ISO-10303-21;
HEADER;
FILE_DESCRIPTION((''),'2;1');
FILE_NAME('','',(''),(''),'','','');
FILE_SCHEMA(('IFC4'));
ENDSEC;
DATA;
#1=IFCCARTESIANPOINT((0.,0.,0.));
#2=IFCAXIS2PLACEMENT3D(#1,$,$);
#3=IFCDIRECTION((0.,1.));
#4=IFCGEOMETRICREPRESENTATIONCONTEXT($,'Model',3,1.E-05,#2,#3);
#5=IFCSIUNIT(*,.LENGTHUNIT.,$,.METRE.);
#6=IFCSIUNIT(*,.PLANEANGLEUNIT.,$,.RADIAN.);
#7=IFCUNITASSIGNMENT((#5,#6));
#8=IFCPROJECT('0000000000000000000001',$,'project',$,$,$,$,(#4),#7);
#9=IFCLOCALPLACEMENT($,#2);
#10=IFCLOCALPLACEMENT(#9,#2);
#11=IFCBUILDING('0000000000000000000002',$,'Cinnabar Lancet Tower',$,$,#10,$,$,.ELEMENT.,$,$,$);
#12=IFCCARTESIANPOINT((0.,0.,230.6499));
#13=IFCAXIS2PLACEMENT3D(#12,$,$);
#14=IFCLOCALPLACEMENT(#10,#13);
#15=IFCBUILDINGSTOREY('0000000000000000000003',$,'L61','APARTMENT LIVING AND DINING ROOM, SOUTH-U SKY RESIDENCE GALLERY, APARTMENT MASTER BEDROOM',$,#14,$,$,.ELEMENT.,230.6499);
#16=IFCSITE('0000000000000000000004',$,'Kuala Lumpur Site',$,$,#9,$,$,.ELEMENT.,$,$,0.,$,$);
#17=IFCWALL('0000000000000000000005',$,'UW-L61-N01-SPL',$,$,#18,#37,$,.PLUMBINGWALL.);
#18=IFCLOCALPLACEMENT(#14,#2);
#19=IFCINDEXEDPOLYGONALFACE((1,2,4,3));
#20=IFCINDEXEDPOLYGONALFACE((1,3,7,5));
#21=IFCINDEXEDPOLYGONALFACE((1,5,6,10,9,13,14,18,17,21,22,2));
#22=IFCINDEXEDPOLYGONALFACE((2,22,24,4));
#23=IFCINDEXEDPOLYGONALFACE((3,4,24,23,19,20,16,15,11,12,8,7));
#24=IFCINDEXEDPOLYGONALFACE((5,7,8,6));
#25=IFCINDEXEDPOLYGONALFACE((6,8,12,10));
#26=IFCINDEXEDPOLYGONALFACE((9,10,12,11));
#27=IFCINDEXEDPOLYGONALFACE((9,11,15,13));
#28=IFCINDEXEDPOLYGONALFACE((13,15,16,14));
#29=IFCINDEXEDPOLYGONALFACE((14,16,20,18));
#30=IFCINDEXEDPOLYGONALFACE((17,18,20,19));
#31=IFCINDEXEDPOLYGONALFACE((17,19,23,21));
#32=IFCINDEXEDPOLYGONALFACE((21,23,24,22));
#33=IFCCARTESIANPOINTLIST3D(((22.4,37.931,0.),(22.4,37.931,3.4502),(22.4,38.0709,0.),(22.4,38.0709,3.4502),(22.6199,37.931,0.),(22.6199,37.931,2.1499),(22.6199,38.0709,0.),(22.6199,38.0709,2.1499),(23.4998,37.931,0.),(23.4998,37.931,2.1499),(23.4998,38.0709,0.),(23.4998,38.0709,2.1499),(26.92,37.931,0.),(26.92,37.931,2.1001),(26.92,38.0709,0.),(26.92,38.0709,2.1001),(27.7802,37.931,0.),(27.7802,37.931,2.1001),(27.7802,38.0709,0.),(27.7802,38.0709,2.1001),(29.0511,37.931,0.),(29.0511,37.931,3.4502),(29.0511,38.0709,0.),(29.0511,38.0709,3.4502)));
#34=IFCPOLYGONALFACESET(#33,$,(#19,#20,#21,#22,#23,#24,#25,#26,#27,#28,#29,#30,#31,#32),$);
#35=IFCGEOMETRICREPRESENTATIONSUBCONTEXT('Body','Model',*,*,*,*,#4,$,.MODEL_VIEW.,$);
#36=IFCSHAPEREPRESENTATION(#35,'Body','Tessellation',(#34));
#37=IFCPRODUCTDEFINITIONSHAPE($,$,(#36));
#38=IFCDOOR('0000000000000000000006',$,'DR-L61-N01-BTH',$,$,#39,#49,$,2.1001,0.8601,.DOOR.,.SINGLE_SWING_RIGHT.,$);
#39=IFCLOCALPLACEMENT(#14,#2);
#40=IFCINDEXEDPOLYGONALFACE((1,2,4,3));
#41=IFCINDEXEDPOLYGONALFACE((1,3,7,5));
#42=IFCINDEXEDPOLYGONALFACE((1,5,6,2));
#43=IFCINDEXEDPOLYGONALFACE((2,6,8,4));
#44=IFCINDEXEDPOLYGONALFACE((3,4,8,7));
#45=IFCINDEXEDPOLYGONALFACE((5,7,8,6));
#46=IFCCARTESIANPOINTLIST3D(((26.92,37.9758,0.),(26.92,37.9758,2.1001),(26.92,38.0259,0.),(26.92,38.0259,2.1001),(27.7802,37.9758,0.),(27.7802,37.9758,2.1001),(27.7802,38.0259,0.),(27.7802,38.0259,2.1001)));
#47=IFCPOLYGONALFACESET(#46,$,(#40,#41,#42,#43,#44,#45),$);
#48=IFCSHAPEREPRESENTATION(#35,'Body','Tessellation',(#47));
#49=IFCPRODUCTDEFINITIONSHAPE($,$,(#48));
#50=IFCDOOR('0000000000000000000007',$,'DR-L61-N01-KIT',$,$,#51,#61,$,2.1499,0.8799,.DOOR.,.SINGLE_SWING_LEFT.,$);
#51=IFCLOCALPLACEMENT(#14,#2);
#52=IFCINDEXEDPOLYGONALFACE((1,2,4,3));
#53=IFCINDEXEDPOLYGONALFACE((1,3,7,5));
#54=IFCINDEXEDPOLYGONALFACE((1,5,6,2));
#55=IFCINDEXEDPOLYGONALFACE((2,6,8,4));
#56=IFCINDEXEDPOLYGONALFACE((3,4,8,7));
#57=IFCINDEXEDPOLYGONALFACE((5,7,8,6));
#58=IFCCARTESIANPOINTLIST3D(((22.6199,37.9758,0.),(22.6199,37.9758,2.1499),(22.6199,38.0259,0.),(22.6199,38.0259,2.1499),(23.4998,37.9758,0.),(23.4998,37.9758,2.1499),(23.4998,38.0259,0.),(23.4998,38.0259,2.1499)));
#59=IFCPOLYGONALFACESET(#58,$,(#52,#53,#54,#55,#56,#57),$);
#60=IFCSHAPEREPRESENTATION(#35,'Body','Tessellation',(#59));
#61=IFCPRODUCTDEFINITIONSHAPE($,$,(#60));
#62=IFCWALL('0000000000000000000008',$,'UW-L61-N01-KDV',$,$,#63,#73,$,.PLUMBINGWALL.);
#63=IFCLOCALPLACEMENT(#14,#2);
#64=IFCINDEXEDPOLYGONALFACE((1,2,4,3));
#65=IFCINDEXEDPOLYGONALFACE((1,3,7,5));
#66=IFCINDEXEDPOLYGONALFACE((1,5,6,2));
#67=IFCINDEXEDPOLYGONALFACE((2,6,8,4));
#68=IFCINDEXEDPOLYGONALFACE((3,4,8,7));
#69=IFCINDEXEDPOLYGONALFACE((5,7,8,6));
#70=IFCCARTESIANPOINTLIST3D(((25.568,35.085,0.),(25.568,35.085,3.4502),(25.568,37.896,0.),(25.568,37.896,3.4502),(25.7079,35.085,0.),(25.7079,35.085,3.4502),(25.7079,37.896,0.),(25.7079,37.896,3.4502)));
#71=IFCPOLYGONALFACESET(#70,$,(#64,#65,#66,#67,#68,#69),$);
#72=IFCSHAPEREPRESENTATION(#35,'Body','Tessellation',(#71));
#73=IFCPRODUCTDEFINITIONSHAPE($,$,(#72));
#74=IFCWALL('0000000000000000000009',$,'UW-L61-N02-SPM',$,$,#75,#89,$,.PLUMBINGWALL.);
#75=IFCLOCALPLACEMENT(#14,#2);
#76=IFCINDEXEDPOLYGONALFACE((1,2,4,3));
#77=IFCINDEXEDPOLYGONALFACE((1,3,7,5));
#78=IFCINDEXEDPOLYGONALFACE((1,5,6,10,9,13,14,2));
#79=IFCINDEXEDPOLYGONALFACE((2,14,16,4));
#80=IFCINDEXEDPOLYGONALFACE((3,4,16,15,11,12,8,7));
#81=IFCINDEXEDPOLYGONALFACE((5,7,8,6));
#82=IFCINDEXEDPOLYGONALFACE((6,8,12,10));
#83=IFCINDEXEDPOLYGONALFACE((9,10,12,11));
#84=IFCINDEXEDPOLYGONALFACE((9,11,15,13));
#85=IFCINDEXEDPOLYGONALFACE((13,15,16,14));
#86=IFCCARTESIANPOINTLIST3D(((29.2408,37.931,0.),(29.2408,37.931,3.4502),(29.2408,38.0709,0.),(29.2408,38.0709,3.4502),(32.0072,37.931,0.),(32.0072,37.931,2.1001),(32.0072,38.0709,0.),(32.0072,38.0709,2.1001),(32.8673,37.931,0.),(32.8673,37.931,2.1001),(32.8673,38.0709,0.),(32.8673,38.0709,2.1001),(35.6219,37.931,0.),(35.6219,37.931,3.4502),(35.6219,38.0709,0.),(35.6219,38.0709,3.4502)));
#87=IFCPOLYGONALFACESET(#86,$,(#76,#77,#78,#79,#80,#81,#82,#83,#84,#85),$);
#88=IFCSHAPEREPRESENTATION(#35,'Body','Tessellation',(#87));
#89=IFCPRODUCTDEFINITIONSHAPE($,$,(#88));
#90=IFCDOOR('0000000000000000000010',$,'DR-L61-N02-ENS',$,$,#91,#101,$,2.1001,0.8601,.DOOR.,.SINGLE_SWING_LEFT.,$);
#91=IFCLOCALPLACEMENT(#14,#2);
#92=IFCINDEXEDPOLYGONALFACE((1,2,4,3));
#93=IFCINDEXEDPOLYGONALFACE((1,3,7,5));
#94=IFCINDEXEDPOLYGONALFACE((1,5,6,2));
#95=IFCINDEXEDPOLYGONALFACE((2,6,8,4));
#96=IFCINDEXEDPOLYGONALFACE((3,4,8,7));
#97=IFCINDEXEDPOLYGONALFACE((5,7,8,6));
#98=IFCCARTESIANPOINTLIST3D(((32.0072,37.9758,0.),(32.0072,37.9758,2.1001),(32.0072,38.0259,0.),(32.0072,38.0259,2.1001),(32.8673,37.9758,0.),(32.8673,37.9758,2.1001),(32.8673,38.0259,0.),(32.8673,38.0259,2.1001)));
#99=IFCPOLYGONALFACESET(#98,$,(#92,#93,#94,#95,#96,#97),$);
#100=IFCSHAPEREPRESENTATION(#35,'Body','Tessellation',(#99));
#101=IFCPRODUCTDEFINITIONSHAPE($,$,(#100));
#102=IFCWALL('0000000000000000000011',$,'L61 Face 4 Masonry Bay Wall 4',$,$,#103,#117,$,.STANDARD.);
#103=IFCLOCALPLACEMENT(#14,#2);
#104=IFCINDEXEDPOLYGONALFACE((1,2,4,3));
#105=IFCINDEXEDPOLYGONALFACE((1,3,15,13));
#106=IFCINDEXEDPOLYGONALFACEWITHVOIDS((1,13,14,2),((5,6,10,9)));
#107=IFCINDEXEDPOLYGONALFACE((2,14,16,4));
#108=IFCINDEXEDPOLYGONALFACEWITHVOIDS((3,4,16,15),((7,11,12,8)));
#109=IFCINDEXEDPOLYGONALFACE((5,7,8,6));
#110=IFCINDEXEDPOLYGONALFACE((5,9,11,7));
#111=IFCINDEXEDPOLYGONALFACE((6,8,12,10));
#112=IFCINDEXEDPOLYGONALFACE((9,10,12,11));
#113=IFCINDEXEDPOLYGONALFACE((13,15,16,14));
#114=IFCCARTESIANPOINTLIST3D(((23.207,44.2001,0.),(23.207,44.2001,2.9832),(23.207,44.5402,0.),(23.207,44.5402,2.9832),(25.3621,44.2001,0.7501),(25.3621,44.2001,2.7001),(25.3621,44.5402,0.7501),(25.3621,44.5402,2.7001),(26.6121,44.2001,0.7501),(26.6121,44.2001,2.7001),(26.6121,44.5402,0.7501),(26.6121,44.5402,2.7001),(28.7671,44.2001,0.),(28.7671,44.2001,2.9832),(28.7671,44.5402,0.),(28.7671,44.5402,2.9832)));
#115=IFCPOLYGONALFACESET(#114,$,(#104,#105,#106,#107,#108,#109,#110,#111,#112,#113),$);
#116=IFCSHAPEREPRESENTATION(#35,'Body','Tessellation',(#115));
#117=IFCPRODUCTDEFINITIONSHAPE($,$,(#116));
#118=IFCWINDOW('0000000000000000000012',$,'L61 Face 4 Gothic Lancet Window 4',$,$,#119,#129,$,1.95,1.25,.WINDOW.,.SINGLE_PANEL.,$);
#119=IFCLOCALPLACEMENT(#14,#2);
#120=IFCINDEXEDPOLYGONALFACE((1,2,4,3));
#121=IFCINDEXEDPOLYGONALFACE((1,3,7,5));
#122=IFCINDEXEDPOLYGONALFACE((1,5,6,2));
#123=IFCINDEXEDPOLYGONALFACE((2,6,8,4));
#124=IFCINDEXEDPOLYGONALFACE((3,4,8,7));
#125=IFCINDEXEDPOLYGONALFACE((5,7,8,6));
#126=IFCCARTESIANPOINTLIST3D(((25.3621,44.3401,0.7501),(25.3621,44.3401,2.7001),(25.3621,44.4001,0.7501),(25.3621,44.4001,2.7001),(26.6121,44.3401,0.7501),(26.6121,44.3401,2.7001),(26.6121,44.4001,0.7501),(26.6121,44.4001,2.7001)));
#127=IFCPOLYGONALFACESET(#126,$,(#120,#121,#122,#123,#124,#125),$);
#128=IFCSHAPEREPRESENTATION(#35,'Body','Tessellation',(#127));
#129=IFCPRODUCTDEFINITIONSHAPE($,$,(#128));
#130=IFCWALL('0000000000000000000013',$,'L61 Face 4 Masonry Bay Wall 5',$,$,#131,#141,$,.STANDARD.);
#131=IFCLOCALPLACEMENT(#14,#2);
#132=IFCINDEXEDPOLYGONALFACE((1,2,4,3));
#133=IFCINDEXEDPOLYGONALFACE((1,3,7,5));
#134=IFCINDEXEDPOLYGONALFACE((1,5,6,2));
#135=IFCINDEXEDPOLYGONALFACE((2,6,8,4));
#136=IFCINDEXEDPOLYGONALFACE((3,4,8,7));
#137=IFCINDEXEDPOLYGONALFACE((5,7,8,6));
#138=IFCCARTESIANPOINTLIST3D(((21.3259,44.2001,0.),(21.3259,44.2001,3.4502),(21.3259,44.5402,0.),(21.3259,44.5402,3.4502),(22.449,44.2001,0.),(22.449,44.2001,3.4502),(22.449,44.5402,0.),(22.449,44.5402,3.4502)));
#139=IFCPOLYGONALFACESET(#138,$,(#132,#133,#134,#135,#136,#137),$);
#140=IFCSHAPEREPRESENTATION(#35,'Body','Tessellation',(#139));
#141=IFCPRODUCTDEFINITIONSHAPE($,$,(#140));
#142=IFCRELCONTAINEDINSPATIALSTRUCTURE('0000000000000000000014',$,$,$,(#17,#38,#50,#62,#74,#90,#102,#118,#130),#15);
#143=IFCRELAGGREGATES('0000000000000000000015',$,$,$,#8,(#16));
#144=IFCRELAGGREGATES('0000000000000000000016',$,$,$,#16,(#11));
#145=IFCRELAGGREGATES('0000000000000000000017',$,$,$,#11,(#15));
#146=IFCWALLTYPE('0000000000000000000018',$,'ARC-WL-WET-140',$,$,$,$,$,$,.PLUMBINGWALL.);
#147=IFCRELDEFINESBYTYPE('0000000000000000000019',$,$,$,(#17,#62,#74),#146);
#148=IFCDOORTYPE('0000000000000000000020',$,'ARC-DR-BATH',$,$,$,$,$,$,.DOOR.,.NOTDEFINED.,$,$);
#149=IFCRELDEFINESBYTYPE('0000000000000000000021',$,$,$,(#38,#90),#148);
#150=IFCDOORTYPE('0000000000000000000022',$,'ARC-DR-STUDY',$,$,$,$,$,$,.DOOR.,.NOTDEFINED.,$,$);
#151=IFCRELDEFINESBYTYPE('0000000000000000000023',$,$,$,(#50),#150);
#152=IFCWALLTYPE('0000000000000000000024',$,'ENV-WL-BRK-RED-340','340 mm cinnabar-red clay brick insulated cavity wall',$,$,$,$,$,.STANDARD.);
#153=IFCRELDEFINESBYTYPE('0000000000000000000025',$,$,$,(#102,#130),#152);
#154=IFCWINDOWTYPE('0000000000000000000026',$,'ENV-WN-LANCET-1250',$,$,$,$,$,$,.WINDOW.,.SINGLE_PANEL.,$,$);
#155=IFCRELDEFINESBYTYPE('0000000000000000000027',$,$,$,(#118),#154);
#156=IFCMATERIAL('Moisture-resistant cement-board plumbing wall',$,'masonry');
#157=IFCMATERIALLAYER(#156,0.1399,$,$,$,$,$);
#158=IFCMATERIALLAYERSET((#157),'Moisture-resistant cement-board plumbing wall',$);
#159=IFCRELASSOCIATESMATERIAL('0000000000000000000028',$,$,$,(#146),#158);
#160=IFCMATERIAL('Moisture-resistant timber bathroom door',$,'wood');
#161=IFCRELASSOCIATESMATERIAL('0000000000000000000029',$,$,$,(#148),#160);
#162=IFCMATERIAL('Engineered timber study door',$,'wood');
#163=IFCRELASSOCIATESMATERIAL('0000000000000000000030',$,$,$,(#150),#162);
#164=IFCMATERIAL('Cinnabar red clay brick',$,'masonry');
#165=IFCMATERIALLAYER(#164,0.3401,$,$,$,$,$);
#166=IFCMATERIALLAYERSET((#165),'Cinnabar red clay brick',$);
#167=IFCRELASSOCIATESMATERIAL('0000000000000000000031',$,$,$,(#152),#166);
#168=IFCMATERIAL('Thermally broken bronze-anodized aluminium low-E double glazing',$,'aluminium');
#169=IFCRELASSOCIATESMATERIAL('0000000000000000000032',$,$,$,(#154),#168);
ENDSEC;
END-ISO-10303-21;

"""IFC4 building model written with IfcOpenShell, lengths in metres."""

from ifc_helpers import new_model, si_unit, direction, frame, frame_2d, origin, place, context, subcontext, project, spatial, rectangle, extrude, material, layer, layer_set, type_object, element, fill, save


model = new_model("IFC4")

# Units and contexts
model_context = context("Model", 3, precision=1e-05, world=origin(), true_north=direction((0.0, 1.0)))
body_context = subcontext(model_context, "Body", "Model", "MODEL_VIEW")
ifc_project = project(units=[si_unit("LENGTHUNIT", "METRE"), si_unit("PLANEANGLEUNIT", "RADIAN")], contexts=[model_context])

# Site, building, storey
site_placement = place(None, origin())
site = spatial("IfcSite", under=ifc_project, at=site_placement, Name="Kuala Lumpur Site", CompositionType="ELEMENT", RefElevation=0.0)
building_placement = place(site_placement, origin())
building = spatial("IfcBuilding", under=site, at=building_placement, Name="Cinnabar Lancet Tower", CompositionType="ELEMENT")
storey_placement = place(building_placement, frame((0.0, 0.0, 230.6499)))
storey = spatial("IfcBuildingStorey", under=building, at=storey_placement, Name="L61", Description="APARTMENT LIVING AND DINING ROOM, SOUTH-U SKY RESIDENCE GALLERY, APARTMENT MASTER BEDROOM", CompositionType="ELEMENT", Elevation=230.6499)

# Wall, openings, doors
ifc_material_1 = material(Name="Moisture-resistant cement-board plumbing wall", Category="masonry")
ifc_layer_1 = layer(ifc_material_1, 0.1399)
ifc_layer_set_1 = layer_set([ifc_layer_1], Name="Moisture-resistant cement-board plumbing wall")
wall_type_1 = type_object("IfcWallType", Name="ARC-WL-WET-140", PredefinedType="PLUMBINGWALL", material=ifc_layer_set_1)
wall_1_placement = place(storey_placement, frame((22.3999, 38.001, 0.0), z_axis=(0.0, 0.0, 1.0), x_axis=(1.0, 0.0, 0.0)))
wall_1 = element("IfcWall", 1, at=wall_1_placement, inside=storey, type_object=wall_type_1, Name="UW-L61-N01-SPL", PredefinedType="PLUMBINGWALL", context=body_context, shape_type="SweptSolid", body=[
    extrude(rectangle(XDim=6.6511, YDim=0.1399, at=frame_2d((3.3257, 0.0))), origin(), (0.0, 0.0, 1.0), 3.4502),
])
opening_1_placement = place(wall_1_placement, frame((4.52, 0.0, 0.0)))
opening_1 = element("IfcOpeningElement", 2, at=opening_1_placement, cuts=wall_1, PredefinedType="OPENING", context=body_context, shape_type="SweptSolid", body=[
    extrude(rectangle(XDim=0.8601, YDim=2.1001, at=frame_2d((0.4302, 1.05))), frame((0.0, 0.0798, 0.0), z_axis=(0.0, -1.0, 0.0), x_axis=(1.0, 0.0, 0.0)), (0.0, 0.0, 1.0), 0.1599),
])
opening_2_placement = place(wall_1_placement, frame((0.22, 0.0, 0.0)))
opening_2 = element("IfcOpeningElement", 3, at=opening_2_placement, cuts=wall_1, PredefinedType="OPENING", context=body_context, shape_type="SweptSolid", body=[
    extrude(rectangle(XDim=0.8799, YDim=2.1499, at=frame_2d((0.4399, 1.075))), frame((0.0, 0.0798, 0.0), z_axis=(0.0, -1.0, 0.0), x_axis=(1.0, 0.0, 0.0)), (0.0, 0.0, 1.0), 0.1599),
])
ifc_material_2 = material(Name="Moisture-resistant timber bathroom door", Category="wood")
door_type_1 = type_object("IfcDoorType", Name="ARC-DR-BATH", OperationType="NOTDEFINED", PredefinedType="DOOR", material=ifc_material_2)
door_1_placement = place(opening_1_placement, origin())
door_1 = element("IfcDoor", 4, at=door_1_placement, inside=storey, type_object=door_type_1, Name="DR-L61-N01-BTH", OperationType="SINGLE_SWING_RIGHT", OverallHeight=2.1001, OverallWidth=0.8601, PredefinedType="DOOR", context=body_context, shape_type="SweptSolid", body=[
    extrude(rectangle(XDim=0.8601, YDim=2.1001, at=frame_2d((0.4302, 1.05))), frame((0.0, 0.0249, 0.0), z_axis=(0.0, -1.0, 0.0), x_axis=(1.0, 0.0, 0.0)), (0.0, 0.0, 1.0), 0.05),
])
fill(opening_1, door_1)
ifc_material_3 = material(Name="Engineered timber study door", Category="wood")
door_type_2 = type_object("IfcDoorType", Name="ARC-DR-STUDY", OperationType="NOTDEFINED", PredefinedType="DOOR", material=ifc_material_3)
door_2_placement = place(opening_2_placement, origin())
door_2 = element("IfcDoor", 5, at=door_2_placement, inside=storey, type_object=door_type_2, Name="DR-L61-N01-KIT", OperationType="SINGLE_SWING_LEFT", OverallHeight=2.1499, OverallWidth=0.8799, PredefinedType="DOOR", context=body_context, shape_type="SweptSolid", body=[
    extrude(rectangle(XDim=0.8799, YDim=2.1499, at=frame_2d((0.4399, 1.075))), frame((0.0, 0.0249, 0.0), z_axis=(0.0, -1.0, 0.0), x_axis=(1.0, 0.0, 0.0)), (0.0, 0.0, 1.0), 0.05),
])
fill(opening_2, door_2)

# Wall
wall_2_placement = place(storey_placement, frame((25.6379, 35.085, 0.0), z_axis=(0.0, 0.0, 1.0), x_axis=(0.0, 1.0, 0.0)))
element("IfcWall", 6, at=wall_2_placement, inside=storey, type_object=wall_type_1, Name="UW-L61-N01-KDV", PredefinedType="PLUMBINGWALL", context=body_context, shape_type="SweptSolid", body=[
    extrude(rectangle(XDim=2.811, YDim=0.1399, at=frame_2d((1.4055, 0.0))), origin(), (0.0, 0.0, 1.0), 3.4502),
])

# Wall, opening, door
wall_3_placement = place(storey_placement, frame((29.241, 38.001, 0.0), z_axis=(0.0, 0.0, 1.0), x_axis=(1.0, 0.0, 0.0)))
wall_3 = element("IfcWall", 7, at=wall_3_placement, inside=storey, type_object=wall_type_1, Name="UW-L61-N02-SPM", PredefinedType="PLUMBINGWALL", context=body_context, shape_type="SweptSolid", body=[
    extrude(rectangle(XDim=6.3811, YDim=0.1399, at=frame_2d((3.1904, 0.0))), origin(), (0.0, 0.0, 1.0), 3.4502),
])
opening_3_placement = place(wall_3_placement, frame((2.7661, 0.0, 0.0)))
opening_3 = element("IfcOpeningElement", 8, at=opening_3_placement, cuts=wall_3, PredefinedType="OPENING", context=body_context, shape_type="SweptSolid", body=[
    extrude(rectangle(XDim=0.8601, YDim=2.1001, at=frame_2d((0.4302, 1.05))), frame((0.0, 0.0798, 0.0), z_axis=(0.0, -1.0, 0.0), x_axis=(1.0, 0.0, 0.0)), (0.0, 0.0, 1.0), 0.1599),
])
door_3_placement = place(opening_3_placement, origin())
door_3 = element("IfcDoor", 9, at=door_3_placement, inside=storey, type_object=door_type_1, Name="DR-L61-N02-ENS", OperationType="SINGLE_SWING_LEFT", OverallHeight=2.1001, OverallWidth=0.8601, PredefinedType="DOOR", context=body_context, shape_type="SweptSolid", body=[
    extrude(rectangle(XDim=0.8601, YDim=2.1001, at=frame_2d((0.4302, 1.05))), frame((0.0, 0.0249, 0.0), z_axis=(0.0, -1.0, 0.0), x_axis=(1.0, 0.0, 0.0)), (0.0, 0.0, 1.0), 0.05),
])
fill(opening_3, door_3)

# Wall, opening, window
ifc_material_4 = material(Name="Cinnabar red clay brick", Category="masonry")
ifc_layer_2 = layer(ifc_material_4, 0.3401)
ifc_layer_set_2 = layer_set([ifc_layer_2], Name="Cinnabar red clay brick")
wall_type_2 = type_object("IfcWallType", Name="ENV-WL-BRK-RED-340", Description="340 mm cinnabar-red clay brick insulated cavity wall", PredefinedType="STANDARD", material=ifc_layer_set_2)
wall_4_placement = place(storey_placement, frame((28.7671, 44.3701, 0.0), z_axis=(0.0, 0.0, 1.0), x_axis=(-1.0, 0.0, 0.0)))
wall_4 = element("IfcWall", 10, at=wall_4_placement, inside=storey, type_object=wall_type_2, Name="L61 Face 4 Masonry Bay Wall 4", PredefinedType="STANDARD", context=body_context, shape_type="SweptSolid", body=[
    extrude(rectangle(XDim=5.5601, YDim=0.3401, at=frame_2d((2.78, 0.0))), origin(), (0.0, 0.0, 1.0), 2.9832),
])
opening_4_placement = place(wall_4_placement, frame((2.155, 0.0, 0.75)))
opening_4 = element("IfcOpeningElement", 11, at=opening_4_placement, cuts=wall_4, PredefinedType="OPENING", context=body_context, shape_type="SweptSolid", body=[
    extrude(rectangle(XDim=1.25, YDim=1.95, at=frame_2d((0.625, 0.9751))), frame((0.0, 0.1799, 0.0), z_axis=(0.0, -1.0, 0.0), x_axis=(1.0, 0.0, 0.0)), (0.0, 0.0, 1.0), 0.3601),
])
ifc_material_5 = material(Name="Thermally broken bronze-anodized aluminium low-E double glazing", Category="aluminium")
window_type = type_object("IfcWindowType", Name="ENV-WN-LANCET-1250", PartitioningType="SINGLE_PANEL", PredefinedType="WINDOW", material=ifc_material_5)
window_placement = place(opening_4_placement, origin())
window = element("IfcWindow", 12, at=window_placement, inside=storey, type_object=window_type, Name="L61 Face 4 Gothic Lancet Window 4", OverallHeight=1.95, OverallWidth=1.25, PartitioningType="SINGLE_PANEL", PredefinedType="WINDOW", context=body_context, shape_type="SweptSolid", body=[
    extrude(rectangle(XDim=1.25, YDim=1.95, at=frame_2d((0.625, 0.9751))), frame((0.0, 0.03, 0.0), z_axis=(0.0, -1.0, 0.0), x_axis=(1.0, 0.0, 0.0)), (0.0, 0.0, 1.0), 0.0601),
])
fill(opening_4, window)

# Wall
wall_5_placement = place(storey_placement, frame((22.449, 44.3701, 0.0), z_axis=(0.0, 0.0, 1.0), x_axis=(-1.0, 0.0, 0.0)))
element("IfcWall", 13, at=wall_5_placement, inside=storey, type_object=wall_type_2, Name="L61 Face 4 Masonry Bay Wall 5", PredefinedType="STANDARD", context=body_context, shape_type="SweptSolid", body=[
    extrude(rectangle(XDim=1.123, YDim=0.3401, at=frame_2d((0.5615, 0.0))), origin(), (0.0, 0.0, 1.0), 3.4502),
])

save(model, "model.ifc")
